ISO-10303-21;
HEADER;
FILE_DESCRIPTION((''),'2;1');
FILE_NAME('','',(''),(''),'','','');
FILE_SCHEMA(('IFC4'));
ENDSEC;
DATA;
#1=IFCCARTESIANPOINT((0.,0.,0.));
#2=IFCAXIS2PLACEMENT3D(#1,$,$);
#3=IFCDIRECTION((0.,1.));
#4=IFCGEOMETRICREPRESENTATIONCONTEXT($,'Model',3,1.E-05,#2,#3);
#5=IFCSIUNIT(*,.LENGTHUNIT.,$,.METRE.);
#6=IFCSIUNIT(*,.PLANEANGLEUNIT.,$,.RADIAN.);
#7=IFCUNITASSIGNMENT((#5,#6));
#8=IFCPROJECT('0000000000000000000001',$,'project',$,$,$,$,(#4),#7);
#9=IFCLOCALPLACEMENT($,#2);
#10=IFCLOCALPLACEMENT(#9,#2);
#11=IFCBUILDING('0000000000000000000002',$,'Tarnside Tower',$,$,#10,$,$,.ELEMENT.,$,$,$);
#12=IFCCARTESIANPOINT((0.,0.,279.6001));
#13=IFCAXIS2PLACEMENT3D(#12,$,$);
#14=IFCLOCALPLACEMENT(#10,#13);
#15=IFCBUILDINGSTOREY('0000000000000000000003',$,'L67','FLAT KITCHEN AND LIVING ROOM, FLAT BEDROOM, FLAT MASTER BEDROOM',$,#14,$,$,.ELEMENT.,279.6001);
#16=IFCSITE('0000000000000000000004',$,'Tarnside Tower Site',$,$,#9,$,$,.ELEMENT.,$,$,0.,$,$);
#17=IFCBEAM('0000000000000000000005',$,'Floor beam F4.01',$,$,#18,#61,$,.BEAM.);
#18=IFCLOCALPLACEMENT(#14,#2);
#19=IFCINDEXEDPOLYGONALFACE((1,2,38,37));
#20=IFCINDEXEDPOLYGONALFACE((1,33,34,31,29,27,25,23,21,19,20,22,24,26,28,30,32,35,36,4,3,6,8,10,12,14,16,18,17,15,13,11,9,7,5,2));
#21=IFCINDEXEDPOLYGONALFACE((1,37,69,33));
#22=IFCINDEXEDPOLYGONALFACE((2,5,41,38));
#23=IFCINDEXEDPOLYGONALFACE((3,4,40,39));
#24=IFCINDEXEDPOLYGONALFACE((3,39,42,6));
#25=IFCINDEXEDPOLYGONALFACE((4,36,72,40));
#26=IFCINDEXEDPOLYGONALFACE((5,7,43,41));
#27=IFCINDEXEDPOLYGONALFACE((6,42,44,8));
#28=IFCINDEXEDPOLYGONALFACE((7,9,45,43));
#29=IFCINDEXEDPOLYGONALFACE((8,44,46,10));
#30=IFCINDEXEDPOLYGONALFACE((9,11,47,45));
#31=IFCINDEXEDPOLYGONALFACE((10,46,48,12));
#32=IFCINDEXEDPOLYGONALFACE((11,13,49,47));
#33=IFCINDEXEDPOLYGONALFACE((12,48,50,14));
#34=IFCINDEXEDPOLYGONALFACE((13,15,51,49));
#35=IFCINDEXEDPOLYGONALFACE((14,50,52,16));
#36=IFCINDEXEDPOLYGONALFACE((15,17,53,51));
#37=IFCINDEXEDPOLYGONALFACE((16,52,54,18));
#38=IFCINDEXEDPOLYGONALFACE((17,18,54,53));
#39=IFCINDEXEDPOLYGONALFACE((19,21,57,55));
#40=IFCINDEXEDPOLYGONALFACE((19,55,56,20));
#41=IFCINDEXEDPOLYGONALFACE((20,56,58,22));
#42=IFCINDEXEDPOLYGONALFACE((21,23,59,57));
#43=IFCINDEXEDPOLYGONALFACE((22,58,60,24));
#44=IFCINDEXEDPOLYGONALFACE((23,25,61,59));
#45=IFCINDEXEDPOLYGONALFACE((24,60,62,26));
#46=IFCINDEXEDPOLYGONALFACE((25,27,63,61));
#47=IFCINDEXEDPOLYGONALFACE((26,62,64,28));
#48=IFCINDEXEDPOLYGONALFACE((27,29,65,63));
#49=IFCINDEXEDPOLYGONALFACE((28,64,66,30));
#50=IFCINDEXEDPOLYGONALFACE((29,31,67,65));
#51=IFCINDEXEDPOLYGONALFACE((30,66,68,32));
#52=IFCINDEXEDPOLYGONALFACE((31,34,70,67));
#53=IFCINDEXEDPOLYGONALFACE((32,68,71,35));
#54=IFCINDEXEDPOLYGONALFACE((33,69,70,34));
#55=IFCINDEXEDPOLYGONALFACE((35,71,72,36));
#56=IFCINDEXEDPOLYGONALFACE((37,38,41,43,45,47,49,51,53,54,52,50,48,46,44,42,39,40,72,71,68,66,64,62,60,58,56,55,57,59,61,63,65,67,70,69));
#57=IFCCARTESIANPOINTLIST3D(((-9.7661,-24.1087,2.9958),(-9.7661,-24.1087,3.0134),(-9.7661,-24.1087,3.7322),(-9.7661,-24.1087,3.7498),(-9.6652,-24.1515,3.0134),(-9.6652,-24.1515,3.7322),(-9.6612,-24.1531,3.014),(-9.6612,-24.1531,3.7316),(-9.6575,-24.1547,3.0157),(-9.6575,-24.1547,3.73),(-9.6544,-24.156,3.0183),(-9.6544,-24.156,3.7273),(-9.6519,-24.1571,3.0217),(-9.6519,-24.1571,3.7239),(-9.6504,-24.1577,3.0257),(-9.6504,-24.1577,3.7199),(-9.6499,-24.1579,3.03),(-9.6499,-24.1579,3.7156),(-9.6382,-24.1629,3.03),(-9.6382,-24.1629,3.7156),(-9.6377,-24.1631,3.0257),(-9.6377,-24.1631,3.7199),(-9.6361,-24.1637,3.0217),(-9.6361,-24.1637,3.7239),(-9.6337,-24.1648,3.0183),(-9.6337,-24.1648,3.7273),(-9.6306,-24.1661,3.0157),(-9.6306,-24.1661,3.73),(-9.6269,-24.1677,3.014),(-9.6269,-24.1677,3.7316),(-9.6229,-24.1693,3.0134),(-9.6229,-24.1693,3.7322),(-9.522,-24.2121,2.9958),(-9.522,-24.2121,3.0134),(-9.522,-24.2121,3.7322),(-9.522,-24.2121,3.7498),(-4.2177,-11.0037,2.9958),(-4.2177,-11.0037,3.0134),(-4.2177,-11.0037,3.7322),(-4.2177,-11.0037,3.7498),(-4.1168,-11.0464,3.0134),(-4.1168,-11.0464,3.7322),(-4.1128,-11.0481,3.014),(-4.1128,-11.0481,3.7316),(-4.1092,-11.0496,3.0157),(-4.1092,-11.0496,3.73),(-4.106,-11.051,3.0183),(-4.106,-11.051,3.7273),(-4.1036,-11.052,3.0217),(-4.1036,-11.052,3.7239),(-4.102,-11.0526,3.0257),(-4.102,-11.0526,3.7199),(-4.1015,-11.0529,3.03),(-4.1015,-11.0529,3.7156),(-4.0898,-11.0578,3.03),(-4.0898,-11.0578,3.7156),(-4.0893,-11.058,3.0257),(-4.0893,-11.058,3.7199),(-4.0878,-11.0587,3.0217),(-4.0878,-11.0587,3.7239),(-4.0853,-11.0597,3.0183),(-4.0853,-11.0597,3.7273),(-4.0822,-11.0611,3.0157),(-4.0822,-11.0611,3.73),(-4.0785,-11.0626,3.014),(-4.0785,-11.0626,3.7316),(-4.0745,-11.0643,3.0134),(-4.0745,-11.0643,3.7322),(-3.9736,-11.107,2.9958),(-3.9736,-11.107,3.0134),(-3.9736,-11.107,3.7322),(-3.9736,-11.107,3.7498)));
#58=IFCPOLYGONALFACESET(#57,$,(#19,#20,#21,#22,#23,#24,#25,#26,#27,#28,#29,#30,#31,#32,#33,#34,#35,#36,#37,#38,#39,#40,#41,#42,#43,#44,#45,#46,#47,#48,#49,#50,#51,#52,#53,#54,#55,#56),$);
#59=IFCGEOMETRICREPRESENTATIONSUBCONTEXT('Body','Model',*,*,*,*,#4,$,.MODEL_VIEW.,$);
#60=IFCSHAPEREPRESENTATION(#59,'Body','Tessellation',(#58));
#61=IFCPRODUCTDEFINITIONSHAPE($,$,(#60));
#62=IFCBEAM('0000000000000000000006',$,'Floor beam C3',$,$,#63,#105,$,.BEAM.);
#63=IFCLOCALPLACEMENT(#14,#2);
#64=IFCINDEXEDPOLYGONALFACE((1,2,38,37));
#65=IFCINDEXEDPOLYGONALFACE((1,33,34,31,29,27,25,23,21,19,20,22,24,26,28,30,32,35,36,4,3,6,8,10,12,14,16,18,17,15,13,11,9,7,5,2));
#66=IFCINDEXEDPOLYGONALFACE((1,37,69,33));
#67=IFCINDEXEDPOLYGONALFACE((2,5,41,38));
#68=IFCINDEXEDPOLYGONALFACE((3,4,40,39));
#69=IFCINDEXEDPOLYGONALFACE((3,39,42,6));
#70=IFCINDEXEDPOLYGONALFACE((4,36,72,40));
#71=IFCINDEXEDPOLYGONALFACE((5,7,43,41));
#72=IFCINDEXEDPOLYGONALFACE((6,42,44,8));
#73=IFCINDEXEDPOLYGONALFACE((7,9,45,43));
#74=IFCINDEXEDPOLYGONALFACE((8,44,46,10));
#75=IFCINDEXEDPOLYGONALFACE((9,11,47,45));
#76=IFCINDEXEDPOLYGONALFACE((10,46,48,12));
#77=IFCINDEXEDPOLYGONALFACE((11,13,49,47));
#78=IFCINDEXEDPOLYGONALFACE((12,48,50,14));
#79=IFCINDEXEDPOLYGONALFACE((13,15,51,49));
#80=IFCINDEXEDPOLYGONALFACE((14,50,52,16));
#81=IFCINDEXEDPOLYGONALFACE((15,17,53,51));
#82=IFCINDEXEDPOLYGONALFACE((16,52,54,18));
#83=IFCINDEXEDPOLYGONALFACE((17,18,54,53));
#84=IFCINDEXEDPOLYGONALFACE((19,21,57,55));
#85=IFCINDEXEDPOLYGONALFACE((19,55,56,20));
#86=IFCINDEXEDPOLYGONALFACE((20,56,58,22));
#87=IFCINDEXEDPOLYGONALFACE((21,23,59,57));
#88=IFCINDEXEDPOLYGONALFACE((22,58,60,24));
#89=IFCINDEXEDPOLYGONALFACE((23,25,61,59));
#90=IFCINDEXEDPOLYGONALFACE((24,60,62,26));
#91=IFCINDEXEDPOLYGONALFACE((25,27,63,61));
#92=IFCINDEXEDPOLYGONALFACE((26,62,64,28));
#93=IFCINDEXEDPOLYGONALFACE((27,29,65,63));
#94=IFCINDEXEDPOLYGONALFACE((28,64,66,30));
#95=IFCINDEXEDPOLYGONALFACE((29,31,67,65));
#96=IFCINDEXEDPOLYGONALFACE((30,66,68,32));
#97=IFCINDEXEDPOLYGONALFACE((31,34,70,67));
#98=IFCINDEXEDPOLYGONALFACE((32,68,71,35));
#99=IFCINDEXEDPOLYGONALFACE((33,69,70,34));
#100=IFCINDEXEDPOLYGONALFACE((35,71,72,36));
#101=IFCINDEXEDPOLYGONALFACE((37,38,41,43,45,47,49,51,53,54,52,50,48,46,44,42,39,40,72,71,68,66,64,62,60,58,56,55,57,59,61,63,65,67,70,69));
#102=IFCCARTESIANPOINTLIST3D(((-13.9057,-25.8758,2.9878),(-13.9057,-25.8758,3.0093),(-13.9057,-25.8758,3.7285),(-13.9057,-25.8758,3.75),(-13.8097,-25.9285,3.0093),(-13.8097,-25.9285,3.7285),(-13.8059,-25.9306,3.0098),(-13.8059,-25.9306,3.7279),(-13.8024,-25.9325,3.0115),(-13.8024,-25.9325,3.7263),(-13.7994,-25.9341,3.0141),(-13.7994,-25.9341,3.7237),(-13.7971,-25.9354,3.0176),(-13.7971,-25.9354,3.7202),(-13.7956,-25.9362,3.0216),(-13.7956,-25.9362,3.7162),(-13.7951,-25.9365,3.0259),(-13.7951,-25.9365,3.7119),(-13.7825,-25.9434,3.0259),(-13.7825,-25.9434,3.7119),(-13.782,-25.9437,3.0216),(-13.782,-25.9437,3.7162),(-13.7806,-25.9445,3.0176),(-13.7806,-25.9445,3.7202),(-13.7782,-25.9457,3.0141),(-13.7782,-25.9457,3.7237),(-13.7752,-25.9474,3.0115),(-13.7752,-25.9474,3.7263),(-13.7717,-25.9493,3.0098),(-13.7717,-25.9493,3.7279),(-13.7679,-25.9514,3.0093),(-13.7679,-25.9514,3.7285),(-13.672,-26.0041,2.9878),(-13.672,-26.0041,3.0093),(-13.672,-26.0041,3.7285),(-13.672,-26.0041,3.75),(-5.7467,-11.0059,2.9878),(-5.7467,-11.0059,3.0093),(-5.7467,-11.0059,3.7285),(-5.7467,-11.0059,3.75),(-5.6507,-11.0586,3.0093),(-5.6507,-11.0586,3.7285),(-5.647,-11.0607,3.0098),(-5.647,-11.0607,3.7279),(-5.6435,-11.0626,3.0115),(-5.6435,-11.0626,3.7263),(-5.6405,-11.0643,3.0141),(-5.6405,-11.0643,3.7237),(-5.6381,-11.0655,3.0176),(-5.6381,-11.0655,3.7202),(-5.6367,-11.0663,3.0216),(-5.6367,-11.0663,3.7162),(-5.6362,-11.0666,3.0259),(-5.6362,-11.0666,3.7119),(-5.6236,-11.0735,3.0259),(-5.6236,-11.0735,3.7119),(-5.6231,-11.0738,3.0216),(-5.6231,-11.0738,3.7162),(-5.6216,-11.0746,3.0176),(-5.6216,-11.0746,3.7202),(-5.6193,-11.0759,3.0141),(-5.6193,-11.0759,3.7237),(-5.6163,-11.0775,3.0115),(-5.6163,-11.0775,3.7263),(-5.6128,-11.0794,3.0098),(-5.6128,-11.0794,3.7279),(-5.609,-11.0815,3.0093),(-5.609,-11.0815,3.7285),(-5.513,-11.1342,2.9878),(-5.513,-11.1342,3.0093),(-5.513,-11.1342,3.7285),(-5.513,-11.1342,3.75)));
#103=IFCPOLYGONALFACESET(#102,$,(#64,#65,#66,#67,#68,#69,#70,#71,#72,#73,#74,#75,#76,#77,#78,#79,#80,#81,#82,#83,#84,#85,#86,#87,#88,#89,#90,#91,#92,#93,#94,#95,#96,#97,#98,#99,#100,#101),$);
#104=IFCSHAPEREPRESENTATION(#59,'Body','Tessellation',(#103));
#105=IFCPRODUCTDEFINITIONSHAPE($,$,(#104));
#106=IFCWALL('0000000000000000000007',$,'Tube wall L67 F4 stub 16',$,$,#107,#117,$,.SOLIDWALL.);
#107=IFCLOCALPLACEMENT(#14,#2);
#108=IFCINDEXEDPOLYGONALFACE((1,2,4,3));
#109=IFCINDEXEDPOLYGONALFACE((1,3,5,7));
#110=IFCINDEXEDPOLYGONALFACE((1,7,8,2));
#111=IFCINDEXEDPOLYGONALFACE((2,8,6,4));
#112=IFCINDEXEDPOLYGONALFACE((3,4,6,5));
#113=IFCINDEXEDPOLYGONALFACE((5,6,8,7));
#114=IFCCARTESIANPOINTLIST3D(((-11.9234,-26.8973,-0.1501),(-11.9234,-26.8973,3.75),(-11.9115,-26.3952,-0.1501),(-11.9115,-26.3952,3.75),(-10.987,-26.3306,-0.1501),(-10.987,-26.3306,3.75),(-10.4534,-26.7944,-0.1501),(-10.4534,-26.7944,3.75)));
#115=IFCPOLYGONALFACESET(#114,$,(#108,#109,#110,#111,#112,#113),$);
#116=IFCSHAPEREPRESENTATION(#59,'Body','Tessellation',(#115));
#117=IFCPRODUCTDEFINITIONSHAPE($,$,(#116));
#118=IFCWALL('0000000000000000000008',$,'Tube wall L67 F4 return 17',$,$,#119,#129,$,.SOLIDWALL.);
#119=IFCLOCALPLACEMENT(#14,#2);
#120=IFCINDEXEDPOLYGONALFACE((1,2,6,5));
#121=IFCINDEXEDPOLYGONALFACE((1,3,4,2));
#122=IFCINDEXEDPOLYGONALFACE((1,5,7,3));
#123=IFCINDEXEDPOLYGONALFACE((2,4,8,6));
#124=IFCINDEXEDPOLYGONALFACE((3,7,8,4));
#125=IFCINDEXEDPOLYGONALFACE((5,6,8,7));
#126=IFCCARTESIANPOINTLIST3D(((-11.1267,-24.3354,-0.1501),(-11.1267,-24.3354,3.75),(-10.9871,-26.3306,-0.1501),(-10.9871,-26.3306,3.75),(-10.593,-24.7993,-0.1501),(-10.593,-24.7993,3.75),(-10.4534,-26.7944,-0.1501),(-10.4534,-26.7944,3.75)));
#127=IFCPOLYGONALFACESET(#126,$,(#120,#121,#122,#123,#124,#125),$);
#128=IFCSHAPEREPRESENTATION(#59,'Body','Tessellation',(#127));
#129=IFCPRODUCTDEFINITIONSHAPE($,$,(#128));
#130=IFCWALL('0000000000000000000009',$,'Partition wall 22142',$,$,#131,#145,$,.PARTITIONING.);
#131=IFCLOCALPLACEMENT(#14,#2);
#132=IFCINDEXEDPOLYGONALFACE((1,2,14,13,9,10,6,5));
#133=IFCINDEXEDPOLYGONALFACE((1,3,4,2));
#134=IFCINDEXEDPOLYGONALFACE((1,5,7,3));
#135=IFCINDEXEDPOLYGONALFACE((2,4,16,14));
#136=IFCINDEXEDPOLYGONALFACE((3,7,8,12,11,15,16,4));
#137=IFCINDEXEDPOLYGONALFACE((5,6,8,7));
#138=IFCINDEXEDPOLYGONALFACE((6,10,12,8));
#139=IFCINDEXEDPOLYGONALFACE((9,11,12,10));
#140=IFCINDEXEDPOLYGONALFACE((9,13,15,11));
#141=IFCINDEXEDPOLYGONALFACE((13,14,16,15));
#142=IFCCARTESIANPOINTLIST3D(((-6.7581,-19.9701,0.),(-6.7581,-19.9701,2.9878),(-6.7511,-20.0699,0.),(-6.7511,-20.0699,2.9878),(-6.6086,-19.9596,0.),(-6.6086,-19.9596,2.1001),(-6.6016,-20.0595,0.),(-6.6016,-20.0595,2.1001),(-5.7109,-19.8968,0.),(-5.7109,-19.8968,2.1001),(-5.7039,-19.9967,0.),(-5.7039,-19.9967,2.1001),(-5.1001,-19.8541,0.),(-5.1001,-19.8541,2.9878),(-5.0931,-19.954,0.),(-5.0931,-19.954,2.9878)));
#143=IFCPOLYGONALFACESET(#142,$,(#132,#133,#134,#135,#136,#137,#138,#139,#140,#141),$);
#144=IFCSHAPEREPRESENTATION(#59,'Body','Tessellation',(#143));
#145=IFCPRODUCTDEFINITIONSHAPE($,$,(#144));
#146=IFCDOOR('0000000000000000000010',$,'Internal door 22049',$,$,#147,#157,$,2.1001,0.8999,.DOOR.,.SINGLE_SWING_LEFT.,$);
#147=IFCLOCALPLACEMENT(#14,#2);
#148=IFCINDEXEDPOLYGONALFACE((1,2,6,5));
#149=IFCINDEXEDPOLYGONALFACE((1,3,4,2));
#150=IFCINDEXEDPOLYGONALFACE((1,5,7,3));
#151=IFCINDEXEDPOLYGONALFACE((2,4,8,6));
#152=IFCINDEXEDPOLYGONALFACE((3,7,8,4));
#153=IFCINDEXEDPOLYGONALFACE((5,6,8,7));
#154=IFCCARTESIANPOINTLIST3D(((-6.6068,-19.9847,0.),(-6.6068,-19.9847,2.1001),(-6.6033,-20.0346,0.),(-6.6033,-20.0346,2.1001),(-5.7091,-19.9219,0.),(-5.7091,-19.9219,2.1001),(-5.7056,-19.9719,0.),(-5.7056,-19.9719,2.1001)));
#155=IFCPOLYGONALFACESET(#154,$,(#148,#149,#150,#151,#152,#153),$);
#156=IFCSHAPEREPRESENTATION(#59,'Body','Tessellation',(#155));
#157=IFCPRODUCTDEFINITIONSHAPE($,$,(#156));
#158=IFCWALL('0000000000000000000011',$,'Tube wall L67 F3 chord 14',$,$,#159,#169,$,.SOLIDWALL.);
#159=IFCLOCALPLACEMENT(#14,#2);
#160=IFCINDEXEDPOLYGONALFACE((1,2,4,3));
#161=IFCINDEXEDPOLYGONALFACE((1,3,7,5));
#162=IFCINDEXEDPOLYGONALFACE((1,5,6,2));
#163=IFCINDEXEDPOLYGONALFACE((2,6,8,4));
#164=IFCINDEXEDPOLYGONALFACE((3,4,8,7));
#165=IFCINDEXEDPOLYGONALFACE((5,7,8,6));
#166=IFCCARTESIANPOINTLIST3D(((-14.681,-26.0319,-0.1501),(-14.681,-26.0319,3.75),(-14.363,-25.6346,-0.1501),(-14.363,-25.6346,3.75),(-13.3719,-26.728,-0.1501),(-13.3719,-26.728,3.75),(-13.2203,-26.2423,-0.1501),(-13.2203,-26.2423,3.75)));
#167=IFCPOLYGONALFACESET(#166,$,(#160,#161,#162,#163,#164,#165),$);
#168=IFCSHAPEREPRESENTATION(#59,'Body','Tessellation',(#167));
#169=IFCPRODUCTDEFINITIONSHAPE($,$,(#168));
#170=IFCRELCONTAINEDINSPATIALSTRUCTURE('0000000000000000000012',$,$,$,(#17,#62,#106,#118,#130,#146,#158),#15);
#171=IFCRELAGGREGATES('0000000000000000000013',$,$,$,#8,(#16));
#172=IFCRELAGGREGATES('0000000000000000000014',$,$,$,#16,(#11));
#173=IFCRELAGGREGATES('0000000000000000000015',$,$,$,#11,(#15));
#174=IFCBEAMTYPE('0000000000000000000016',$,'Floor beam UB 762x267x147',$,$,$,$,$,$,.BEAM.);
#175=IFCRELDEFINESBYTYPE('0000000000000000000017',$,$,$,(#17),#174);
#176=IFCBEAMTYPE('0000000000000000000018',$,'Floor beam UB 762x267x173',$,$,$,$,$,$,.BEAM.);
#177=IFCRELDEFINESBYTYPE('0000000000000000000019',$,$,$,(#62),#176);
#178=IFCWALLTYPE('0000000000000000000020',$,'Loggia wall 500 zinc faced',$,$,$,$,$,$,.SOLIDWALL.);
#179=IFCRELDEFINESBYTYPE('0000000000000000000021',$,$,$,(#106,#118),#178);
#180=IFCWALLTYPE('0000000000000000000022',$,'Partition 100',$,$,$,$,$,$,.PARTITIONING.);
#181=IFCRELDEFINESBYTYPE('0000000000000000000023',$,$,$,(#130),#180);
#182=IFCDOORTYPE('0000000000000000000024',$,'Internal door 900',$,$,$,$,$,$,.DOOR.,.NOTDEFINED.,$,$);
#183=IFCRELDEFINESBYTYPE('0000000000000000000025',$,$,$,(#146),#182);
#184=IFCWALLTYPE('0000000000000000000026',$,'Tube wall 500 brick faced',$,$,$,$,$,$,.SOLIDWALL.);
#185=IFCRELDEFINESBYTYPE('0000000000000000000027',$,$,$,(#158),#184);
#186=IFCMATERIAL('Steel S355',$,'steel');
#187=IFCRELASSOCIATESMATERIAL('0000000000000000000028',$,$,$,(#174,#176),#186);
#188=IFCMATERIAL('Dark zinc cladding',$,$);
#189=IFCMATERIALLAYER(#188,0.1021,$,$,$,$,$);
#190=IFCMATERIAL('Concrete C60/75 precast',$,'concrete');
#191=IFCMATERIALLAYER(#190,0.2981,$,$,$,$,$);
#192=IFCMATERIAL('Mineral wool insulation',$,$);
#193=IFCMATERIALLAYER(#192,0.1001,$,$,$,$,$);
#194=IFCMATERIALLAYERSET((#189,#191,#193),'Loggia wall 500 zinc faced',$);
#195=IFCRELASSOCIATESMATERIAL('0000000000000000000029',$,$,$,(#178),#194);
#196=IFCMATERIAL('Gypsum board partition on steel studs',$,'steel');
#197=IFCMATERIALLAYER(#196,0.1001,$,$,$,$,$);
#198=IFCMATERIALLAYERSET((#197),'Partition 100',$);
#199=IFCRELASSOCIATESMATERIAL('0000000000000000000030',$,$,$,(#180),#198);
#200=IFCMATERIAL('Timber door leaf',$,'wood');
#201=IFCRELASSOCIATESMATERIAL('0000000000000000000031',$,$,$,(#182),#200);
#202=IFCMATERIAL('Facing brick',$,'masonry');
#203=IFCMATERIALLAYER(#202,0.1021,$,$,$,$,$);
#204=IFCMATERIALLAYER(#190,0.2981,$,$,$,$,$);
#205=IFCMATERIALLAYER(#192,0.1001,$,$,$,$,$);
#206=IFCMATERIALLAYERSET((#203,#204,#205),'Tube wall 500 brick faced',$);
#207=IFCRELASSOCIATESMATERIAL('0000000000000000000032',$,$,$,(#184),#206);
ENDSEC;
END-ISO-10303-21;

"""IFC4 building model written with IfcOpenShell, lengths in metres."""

from ifc_helpers import new_model, si_unit, direction, frame, frame_2d, origin, origin_2d, place, context, subcontext, project, spatial, polyline, rectangle, i_section, outline, extrude, material, layer, layer_set, material_profile, profile_set, type_object, element, fill, save


model = new_model("IFC4")

# Units and contexts
model_context = context("Model", 3, precision=1e-05, world=origin(), true_north=direction((0.0, 1.0)))
body_context = subcontext(model_context, "Body", "Model", "MODEL_VIEW")
ifc_project = project(units=[si_unit("LENGTHUNIT", "METRE"), si_unit("PLANEANGLEUNIT", "RADIAN")], contexts=[model_context])

# Site, building, storey
site_placement = place(None, origin())
site = spatial("IfcSite", under=ifc_project, at=site_placement, Name="Tarnside Tower Site", CompositionType="ELEMENT", RefElevation=0.0)
building_placement = place(site_placement, origin())
building = spatial("IfcBuilding", under=site, at=building_placement, Name="Tarnside Tower", CompositionType="ELEMENT")
storey_placement = place(building_placement, frame((0.0, 0.0, 279.6001)))
storey = spatial("IfcBuildingStorey", under=building, at=storey_placement, Name="L67", Description="FLAT KITCHEN AND LIVING ROOM, FLAT BEDROOM, FLAT MASTER BEDROOM", CompositionType="ELEMENT", Elevation=279.6001)

# Beams
ifc_material_1 = material(Name="Steel S355", Category="steel")
ifc_material_profile_1 = material_profile(ifc_material_1, i_section(OverallWidth=0.2651, OverallDepth=0.7539, WebThickness=0.0127, FlangeThickness=0.0176, FilletRadius=0.0166, at=origin_2d()), Name="UB 762x267x147")
ifc_profile_set_1 = profile_set([ifc_material_profile_1], Name="Steel S355")
beam_type_1 = type_object("IfcBeamType", Name="Floor beam UB 762x267x147", PredefinedType="BEAM", material=ifc_profile_set_1)
beam_1_placement = place(storey_placement, frame((-9.644, -24.1604, 3.3728), z_axis=(0.389874, 0.920868, 0.0), x_axis=(-0.920868, 0.389874, 0.0)))
element("IfcBeam", 1, at=beam_1_placement, inside=storey, type_object=beam_type_1, Name="Floor beam F4.01", PredefinedType="BEAM", context=body_context, shape_type="SweptSolid", body=[
    extrude(i_section(OverallWidth=0.2651, OverallDepth=0.7539, WebThickness=0.0127, FlangeThickness=0.0176, FilletRadius=0.0166, at=origin_2d()), origin(), (0.0, 0.0, 1.0), 14.2312),
])
ifc_material_profile_2 = material_profile(ifc_material_1, i_section(OverallWidth=0.2666, OverallDepth=0.7622, WebThickness=0.0144, FlangeThickness=0.0215, FilletRadius=0.0166, at=origin_2d()), Name="UB 762x267x173")
ifc_profile_set_2 = profile_set([ifc_material_profile_2], Name="Steel S355")
beam_type_2 = type_object("IfcBeamType", Name="Floor beam UB 762x267x173", PredefinedType="BEAM", material=ifc_profile_set_2)
beam_2_placement = place(storey_placement, frame((-13.7888, -25.9399, 3.3689), z_axis=(0.481036, 0.876701, 0.0), x_axis=(-0.876701, 0.481036, 0.0)))
element("IfcBeam", 2, at=beam_2_placement, inside=storey, type_object=beam_type_2, Name="Floor beam C3", PredefinedType="BEAM", context=body_context, shape_type="SweptSolid", body=[
    extrude(i_section(OverallWidth=0.2666, OverallDepth=0.7622, WebThickness=0.0144, FlangeThickness=0.0215, FilletRadius=0.0166, at=origin_2d()), origin(), (0.0, 0.0, 1.0), 16.9612),
])

# Walls
ifc_material_2 = material(Name="Dark zinc cladding")
ifc_layer_1 = layer(ifc_material_2, 0.1021)
ifc_material_3 = material(Name="Concrete C60/75 precast", Category="concrete")
ifc_layer_2 = layer(ifc_material_3, 0.2981)
ifc_material_4 = material(Name="Mineral wool insulation")
ifc_layer_3 = layer(ifc_material_4, 0.1001)
ifc_layer_set_1 = layer_set([ifc_layer_1, ifc_layer_2, ifc_layer_3], Name="Loggia wall 500 zinc faced")
wall_type_1 = type_object("IfcWallType", Name="Loggia wall 500 zinc faced", PredefinedType="SOLIDWALL", material=ifc_layer_set_1)
wall_1_placement = place(storey_placement, frame((-11.9175, -26.6462, -0.1501), z_axis=(0.0, 0.0, 1.0), x_axis=(0.997563, 0.069772, 0.0)))
element("IfcWall", 3, at=wall_1_placement, inside=storey, type_object=wall_type_1, Name="Tube wall L67 F4 stub 16", PredefinedType="SOLIDWALL", context=body_context, shape_type="SweptSolid", body=[
    extrude(outline(polyline([(-0.0234, -0.25), (1.4502, -0.25), (0.9502, 0.25), (0.0234, 0.25), (-0.0234, -0.25)])), origin(), (0.0, 0.0, 1.0), 3.9001),
])
wall_2_placement = place(storey_placement, frame((-10.7202, -26.5625, -0.1501), z_axis=(0.0, 0.0, 1.0), x_axis=(-0.069824, 0.997559, 0.0)))
element("IfcWall", 4, at=wall_2_placement, inside=storey, type_object=wall_type_1, Name="Tube wall L67 F4 return 17", PredefinedType="SOLIDWALL", context=body_context, shape_type="SweptSolid", body=[
    extrude(outline(polyline([(-0.25, -0.25), (1.75, -0.25), (2.25, 0.25), (0.25, 0.25), (-0.25, -0.25)])), origin(), (0.0, 0.0, 1.0), 3.9001),
])

# Wall, opening, door
ifc_material_5 = material(Name="Gypsum board partition on steel studs", Category="steel")
ifc_layer_4 = layer(ifc_material_5, 0.1001)
ifc_layer_set_2 = layer_set([ifc_layer_4], Name="Partition 100")
wall_type_2 = type_object("IfcWallType", Name="Partition 100", PredefinedType="PARTITIONING", material=ifc_layer_set_2)
wall_3_placement = place(storey_placement, frame((-6.7546, -20.02, 0.0), z_axis=(0.0, 0.0, 1.0), x_axis=(0.997563, 0.069775, 0.0)))
wall_3 = element("IfcWall", 5, at=wall_3_placement, inside=storey, type_object=wall_type_2, Name="Partition wall 22142", PredefinedType="PARTITIONING", context=body_context, shape_type="SweptSolid", body=[
    extrude(rectangle(XDim=1.6621, YDim=0.1001, at=frame_2d((0.8311, 0.0))), origin(), (0.0, 0.0, 1.0), 2.9878),
])
opening_1_placement = place(wall_3_placement, frame((0.1499, 0.0, 0.0)))
opening_1 = element("IfcOpeningElement", 6, at=opening_1_placement, cuts=wall_3, PredefinedType="OPENING", context=body_context, shape_type="SweptSolid", body=[
    extrude(rectangle(XDim=0.8999, YDim=2.1001, at=frame_2d((0.45, 1.05))), frame((0.0, 0.0601, 0.0), z_axis=(0.0, -1.0, 0.0), x_axis=(1.0, 0.0, 0.0)), (0.0, 0.0, 1.0), 0.1201),
])
ifc_material_6 = material(Name="Timber door leaf", Category="wood")
door_type_1 = type_object("IfcDoorType", Name="Internal door 900", OperationType="NOTDEFINED", PredefinedType="DOOR", material=ifc_material_6)
door_1_placement = place(opening_1_placement, origin())
door_1 = element("IfcDoor", 7, at=door_1_placement, inside=storey, type_object=door_type_1, Name="Internal door 22049", OperationType="SINGLE_SWING_LEFT", OverallHeight=2.1001, OverallWidth=0.8999, PredefinedType="DOOR", context=body_context, shape_type="SweptSolid", body=[
    extrude(rectangle(XDim=0.8999, YDim=2.1001, at=frame_2d((0.45, 1.05))), frame((0.0, 0.0249, 0.0), z_axis=(0.0, -1.0, 0.0), x_axis=(1.0, 0.0, 0.0)), (0.0, 0.0, 1.0), 0.05),
])
fill(opening_1, door_1)

# Wall
ifc_material_7 = material(Name="Facing brick", Category="masonry")
ifc_layer_5 = layer(ifc_material_7, 0.1021)
ifc_layer_6 = layer(ifc_material_3, 0.2981)
ifc_layer_7 = layer(ifc_material_4, 0.1001)
ifc_layer_set_3 = layer_set([ifc_layer_5, ifc_layer_6, ifc_layer_7], Name="Tube wall 500 brick faced")
wall_type_3 = type_object("IfcWallType", Name="Tube wall 500 brick faced", PredefinedType="SOLIDWALL", material=ifc_layer_set_3)
wall_4_placement = place(storey_placement, frame((-14.522, -25.8333, -0.1501), z_axis=(0.0, 0.0, 1.0), x_axis=(0.882927, -0.469511, 0.0)))
element("IfcWall", 8, at=wall_4_placement, inside=storey, type_object=wall_type_3, Name="Tube wall L67 F3 chord 14", PredefinedType="SOLIDWALL", context=body_context, shape_type="SweptSolid", body=[
    extrude(outline(polyline([(-0.0471, -0.25), (1.4355, -0.25), (1.3413, 0.25), (0.0471, 0.25), (-0.0471, -0.25)])), origin(), (0.0, 0.0, 1.0), 3.9001),
])

save(model, "model.ifc")
